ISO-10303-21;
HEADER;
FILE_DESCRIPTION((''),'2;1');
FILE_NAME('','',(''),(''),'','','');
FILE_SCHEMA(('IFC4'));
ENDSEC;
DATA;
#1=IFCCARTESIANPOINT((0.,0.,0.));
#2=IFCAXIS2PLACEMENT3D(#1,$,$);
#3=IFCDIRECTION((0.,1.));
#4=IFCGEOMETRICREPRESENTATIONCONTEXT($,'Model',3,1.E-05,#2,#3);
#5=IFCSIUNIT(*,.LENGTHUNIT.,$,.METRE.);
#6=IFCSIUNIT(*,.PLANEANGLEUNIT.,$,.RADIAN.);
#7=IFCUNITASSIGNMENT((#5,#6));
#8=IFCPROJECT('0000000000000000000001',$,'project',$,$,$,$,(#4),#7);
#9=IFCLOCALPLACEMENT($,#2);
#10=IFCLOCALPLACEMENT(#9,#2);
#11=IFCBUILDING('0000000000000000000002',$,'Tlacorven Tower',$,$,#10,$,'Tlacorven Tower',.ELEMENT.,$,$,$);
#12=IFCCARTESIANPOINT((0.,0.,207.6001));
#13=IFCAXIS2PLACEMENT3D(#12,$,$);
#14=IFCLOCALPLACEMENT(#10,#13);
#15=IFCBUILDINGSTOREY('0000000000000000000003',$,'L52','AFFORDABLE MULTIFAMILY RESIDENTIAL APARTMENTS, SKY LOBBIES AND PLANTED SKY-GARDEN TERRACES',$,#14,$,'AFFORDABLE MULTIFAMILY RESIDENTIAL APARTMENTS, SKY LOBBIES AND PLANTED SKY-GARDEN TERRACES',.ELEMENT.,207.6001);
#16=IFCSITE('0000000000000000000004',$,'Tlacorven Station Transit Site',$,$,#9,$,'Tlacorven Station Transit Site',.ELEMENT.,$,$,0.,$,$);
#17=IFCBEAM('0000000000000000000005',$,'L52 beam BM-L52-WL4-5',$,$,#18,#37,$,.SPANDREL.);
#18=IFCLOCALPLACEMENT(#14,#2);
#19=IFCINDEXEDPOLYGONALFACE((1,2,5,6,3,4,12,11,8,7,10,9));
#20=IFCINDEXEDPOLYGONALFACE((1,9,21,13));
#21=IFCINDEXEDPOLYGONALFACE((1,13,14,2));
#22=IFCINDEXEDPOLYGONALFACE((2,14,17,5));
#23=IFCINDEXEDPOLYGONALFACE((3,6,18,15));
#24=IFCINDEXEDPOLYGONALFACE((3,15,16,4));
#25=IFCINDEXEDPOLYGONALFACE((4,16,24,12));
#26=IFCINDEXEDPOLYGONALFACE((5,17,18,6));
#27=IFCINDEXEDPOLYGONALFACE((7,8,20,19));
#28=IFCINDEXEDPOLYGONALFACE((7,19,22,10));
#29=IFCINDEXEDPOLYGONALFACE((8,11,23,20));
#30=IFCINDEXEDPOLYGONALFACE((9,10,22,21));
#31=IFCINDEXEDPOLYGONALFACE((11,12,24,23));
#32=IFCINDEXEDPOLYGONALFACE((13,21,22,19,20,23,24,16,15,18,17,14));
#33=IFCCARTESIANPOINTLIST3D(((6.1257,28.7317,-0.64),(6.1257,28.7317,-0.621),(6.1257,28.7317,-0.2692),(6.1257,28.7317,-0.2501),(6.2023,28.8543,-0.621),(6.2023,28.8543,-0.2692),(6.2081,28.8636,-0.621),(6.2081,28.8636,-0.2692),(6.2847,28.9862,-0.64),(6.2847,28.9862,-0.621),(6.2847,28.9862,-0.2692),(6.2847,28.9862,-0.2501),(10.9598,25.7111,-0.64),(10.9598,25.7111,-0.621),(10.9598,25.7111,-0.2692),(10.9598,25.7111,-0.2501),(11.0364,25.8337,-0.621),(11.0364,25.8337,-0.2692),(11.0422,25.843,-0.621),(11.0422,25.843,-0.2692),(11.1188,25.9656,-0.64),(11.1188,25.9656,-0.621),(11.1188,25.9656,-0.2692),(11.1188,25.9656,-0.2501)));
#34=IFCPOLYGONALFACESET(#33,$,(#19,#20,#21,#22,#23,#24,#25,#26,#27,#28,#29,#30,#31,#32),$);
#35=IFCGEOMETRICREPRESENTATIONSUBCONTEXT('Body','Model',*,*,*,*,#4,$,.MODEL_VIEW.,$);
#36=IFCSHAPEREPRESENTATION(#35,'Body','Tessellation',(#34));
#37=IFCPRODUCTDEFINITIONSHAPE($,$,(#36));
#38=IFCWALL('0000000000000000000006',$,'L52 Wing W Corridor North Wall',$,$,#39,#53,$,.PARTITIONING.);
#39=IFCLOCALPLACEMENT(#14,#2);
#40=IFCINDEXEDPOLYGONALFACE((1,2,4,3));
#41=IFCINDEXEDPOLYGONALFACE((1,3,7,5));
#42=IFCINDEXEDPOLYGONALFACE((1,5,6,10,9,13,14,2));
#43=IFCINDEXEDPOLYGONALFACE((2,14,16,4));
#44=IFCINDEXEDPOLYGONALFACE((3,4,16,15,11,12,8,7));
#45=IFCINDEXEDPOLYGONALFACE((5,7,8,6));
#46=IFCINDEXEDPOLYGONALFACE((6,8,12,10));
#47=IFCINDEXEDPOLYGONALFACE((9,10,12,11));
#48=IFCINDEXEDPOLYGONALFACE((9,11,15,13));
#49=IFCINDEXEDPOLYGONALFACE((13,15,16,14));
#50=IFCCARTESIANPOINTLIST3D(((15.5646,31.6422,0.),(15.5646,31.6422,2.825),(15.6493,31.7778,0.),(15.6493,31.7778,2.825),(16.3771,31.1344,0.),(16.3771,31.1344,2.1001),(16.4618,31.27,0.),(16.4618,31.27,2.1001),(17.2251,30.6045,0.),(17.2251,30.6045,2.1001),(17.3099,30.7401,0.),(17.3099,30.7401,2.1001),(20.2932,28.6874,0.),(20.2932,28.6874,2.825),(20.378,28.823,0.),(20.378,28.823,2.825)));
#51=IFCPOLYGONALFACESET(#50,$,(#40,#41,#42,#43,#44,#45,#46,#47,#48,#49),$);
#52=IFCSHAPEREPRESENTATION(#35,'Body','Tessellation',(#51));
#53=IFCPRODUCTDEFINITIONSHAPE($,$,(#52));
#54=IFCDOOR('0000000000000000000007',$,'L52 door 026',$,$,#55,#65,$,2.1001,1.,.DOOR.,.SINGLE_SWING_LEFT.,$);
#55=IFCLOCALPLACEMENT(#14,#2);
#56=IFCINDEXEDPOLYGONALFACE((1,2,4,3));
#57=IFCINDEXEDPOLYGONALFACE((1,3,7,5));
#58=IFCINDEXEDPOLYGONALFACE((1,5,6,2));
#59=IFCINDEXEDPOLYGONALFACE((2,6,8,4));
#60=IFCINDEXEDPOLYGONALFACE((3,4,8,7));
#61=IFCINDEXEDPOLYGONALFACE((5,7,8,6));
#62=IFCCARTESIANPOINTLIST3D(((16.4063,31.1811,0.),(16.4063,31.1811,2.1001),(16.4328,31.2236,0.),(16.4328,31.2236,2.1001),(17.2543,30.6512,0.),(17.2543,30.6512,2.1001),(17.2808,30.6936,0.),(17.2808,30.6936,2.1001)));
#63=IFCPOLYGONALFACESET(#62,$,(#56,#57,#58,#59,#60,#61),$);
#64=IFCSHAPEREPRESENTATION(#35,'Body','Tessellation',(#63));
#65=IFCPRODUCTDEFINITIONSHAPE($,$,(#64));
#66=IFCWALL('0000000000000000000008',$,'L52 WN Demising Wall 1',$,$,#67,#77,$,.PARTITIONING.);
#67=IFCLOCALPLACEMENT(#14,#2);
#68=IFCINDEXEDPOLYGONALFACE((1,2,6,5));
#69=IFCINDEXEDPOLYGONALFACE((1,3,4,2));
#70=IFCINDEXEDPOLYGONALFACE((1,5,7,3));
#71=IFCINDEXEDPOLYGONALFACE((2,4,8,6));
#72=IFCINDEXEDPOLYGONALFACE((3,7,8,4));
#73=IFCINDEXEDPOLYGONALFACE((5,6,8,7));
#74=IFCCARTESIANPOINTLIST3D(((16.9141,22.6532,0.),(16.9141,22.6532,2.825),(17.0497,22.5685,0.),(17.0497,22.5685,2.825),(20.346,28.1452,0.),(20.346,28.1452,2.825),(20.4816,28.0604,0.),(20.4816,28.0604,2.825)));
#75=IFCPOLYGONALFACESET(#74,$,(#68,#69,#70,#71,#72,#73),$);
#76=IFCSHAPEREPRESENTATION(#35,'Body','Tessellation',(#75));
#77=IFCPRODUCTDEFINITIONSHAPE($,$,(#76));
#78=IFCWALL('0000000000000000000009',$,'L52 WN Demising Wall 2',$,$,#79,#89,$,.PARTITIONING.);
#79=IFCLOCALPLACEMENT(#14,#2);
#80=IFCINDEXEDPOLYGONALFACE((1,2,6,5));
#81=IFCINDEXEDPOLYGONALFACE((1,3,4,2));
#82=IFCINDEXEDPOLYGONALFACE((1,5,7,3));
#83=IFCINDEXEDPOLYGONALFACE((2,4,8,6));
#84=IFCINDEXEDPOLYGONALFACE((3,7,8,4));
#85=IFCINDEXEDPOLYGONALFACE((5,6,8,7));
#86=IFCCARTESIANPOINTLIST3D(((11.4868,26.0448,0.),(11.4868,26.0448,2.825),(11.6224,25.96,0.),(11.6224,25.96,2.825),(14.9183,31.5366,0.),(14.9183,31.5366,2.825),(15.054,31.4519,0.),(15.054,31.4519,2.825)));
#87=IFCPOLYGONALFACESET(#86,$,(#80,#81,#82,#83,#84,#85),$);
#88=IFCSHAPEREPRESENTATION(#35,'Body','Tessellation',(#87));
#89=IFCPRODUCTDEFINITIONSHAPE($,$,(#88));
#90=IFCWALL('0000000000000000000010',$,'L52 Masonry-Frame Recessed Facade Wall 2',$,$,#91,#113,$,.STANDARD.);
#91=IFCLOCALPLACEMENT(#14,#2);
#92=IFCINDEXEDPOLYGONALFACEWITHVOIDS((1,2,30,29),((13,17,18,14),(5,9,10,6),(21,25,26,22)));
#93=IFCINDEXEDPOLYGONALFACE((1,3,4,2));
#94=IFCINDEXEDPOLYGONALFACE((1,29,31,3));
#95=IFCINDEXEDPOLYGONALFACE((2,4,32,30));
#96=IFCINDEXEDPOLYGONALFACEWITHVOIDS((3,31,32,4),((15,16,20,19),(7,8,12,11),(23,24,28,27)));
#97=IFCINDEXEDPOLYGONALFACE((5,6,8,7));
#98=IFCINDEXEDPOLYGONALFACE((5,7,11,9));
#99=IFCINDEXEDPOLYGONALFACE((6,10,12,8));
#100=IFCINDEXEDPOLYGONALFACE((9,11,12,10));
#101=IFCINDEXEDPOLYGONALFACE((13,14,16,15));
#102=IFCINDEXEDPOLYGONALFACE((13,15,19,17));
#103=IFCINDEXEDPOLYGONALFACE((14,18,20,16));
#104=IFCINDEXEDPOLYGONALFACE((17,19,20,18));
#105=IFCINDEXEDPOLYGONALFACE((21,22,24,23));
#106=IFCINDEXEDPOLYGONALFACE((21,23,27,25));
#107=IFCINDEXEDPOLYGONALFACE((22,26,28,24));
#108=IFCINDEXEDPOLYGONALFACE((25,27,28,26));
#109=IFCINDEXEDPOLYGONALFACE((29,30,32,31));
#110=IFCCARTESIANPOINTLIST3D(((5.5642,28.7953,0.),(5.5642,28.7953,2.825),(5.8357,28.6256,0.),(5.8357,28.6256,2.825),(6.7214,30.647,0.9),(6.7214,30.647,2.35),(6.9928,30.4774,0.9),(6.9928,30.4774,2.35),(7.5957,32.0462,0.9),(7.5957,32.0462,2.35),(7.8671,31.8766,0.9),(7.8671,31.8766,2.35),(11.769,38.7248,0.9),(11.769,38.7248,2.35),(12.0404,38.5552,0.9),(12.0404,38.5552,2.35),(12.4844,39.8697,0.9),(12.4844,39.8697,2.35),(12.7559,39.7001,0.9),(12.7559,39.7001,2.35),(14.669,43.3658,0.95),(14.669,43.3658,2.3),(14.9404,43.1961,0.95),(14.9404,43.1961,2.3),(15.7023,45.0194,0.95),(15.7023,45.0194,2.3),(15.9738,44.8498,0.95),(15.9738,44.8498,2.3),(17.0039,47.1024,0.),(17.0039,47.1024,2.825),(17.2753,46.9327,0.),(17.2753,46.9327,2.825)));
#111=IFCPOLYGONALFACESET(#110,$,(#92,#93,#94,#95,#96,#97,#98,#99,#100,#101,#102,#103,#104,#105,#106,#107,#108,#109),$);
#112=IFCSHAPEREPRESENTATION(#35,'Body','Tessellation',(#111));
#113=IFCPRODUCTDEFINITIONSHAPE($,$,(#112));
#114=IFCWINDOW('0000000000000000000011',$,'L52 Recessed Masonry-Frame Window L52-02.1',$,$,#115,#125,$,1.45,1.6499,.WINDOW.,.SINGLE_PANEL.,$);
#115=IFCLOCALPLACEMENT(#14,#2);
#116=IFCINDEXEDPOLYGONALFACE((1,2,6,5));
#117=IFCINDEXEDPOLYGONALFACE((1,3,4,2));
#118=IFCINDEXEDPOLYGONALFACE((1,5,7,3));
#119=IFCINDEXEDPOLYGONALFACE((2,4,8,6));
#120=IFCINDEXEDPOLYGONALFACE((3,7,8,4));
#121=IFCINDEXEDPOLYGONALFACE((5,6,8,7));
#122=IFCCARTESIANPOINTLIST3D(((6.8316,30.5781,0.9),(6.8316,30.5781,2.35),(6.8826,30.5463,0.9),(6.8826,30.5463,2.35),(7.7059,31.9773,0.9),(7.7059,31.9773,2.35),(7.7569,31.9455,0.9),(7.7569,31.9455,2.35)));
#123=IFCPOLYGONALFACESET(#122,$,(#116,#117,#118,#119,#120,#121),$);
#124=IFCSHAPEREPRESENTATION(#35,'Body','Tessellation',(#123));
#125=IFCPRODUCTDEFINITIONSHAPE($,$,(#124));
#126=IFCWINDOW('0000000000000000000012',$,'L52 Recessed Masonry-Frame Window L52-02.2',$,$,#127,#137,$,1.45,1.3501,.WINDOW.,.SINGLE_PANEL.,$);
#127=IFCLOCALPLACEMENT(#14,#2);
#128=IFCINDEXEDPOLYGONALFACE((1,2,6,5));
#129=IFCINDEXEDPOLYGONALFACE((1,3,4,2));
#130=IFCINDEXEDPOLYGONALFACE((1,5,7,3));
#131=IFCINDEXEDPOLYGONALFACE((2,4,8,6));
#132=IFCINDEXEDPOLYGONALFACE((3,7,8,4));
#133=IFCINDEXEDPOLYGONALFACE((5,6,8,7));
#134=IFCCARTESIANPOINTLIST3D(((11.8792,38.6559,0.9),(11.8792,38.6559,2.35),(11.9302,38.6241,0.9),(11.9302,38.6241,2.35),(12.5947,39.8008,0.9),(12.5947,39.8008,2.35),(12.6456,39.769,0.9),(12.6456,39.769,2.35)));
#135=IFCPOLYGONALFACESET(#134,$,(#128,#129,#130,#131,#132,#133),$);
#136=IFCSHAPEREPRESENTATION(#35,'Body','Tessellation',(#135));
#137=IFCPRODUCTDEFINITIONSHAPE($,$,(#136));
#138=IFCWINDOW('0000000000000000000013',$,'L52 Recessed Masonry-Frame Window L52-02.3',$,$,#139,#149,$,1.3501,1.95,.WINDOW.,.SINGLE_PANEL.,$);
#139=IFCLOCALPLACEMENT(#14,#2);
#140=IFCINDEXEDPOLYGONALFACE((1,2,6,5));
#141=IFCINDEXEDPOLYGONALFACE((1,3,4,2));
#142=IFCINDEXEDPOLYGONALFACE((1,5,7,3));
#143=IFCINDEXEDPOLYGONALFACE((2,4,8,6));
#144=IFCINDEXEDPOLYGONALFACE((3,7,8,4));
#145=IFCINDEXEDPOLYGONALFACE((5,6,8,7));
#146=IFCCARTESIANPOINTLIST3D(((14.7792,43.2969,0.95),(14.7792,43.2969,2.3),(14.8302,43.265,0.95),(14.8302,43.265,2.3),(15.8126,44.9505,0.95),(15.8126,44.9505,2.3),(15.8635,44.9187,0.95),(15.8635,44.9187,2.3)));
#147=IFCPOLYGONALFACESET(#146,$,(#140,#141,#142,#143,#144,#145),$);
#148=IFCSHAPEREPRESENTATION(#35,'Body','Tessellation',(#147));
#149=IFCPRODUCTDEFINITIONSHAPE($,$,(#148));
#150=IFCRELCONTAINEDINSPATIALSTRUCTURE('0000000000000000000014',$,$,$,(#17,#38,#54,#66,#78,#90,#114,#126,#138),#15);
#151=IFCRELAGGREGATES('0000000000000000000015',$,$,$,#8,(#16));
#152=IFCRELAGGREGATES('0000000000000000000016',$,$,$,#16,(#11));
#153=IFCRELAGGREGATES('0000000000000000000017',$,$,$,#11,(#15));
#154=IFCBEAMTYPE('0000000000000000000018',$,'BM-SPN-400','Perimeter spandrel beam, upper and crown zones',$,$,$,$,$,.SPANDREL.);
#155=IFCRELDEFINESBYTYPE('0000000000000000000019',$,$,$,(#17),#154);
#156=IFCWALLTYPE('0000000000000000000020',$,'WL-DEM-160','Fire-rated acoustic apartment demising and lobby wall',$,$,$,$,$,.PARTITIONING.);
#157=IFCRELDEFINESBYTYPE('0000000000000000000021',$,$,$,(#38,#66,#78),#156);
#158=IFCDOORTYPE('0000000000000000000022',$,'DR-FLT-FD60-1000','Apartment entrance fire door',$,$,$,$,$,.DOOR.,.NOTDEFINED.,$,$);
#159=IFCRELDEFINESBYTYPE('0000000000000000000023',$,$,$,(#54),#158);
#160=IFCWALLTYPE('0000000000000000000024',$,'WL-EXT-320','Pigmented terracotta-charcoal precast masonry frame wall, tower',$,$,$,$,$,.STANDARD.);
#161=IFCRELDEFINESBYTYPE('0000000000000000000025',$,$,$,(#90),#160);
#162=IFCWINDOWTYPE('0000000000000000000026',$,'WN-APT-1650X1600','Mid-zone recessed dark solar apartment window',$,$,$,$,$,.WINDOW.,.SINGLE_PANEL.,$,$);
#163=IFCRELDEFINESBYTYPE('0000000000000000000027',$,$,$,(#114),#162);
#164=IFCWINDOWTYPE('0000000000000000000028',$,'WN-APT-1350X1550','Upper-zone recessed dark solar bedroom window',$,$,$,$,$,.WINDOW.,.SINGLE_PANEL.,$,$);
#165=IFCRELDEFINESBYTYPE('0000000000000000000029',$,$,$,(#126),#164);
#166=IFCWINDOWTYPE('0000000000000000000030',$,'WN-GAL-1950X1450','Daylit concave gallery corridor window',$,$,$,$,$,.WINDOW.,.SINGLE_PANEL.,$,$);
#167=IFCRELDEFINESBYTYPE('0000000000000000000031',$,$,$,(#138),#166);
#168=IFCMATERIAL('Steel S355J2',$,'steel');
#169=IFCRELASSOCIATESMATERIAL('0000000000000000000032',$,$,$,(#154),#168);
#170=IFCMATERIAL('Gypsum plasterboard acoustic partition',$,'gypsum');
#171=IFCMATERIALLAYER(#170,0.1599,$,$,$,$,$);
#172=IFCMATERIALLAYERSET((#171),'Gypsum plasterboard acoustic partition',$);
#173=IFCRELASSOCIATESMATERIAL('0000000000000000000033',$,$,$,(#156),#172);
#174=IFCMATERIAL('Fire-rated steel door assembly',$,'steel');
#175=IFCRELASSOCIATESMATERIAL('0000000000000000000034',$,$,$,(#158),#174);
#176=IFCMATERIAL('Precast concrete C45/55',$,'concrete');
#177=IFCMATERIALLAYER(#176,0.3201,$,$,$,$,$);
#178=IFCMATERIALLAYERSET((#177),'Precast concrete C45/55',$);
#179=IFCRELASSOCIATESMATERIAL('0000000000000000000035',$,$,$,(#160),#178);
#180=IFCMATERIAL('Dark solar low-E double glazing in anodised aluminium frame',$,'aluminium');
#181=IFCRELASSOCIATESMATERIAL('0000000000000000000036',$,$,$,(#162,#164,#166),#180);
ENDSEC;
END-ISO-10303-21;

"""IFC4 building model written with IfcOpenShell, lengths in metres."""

from ifc_helpers import new_model, si_unit, direction, frame, frame_2d, origin, origin_2d, place, context, subcontext, project, spatial, rectangle, i_section, extrude, source, transform, mapped, material, layer, layer_set, material_profile, profile_set, type_object, element, fill, save


model = new_model("IFC4")

# Units and contexts
model_context = context("Model", 3, precision=1e-05, world=origin(), true_north=direction((0.0, 1.0)))
body_context = subcontext(model_context, "Body", "Model", "MODEL_VIEW")
ifc_project = project(units=[si_unit("LENGTHUNIT", "METRE"), si_unit("PLANEANGLEUNIT", "RADIAN")], contexts=[model_context])

# Site, building, storey
site_placement = place(None, origin())
site = spatial("IfcSite", under=ifc_project, at=site_placement, Name="Tlacorven Station Transit Site", LongName="Tlacorven Station Transit Site", CompositionType="ELEMENT", RefElevation=0.0)
building_placement = place(site_placement, origin())
building = spatial("IfcBuilding", under=site, at=building_placement, Name="Tlacorven Tower", LongName="Tlacorven Tower", CompositionType="ELEMENT")
storey_placement = place(building_placement, frame((0.0, 0.0, 207.6001)))
storey = spatial("IfcBuildingStorey", under=building, at=storey_placement, Name="L52", Description="AFFORDABLE MULTIFAMILY RESIDENTIAL APARTMENTS, SKY LOBBIES AND PLANTED SKY-GARDEN TERRACES", LongName="AFFORDABLE MULTIFAMILY RESIDENTIAL APARTMENTS, SKY LOBBIES AND PLANTED SKY-GARDEN TERRACES", CompositionType="ELEMENT", Elevation=207.6001)

# Beam
ifc_material_1 = material(Name="Steel S355J2", Category="steel")
ifc_material_profile_1 = material_profile(ifc_material_1, i_section(OverallWidth=0.3, OverallDepth=0.3899, WebThickness=0.011, FlangeThickness=0.019, at=origin_2d()), Name="HEA 400")
ifc_profile_set_1 = profile_set([ifc_material_profile_1], Name="Steel S355J2")
beam_type_1 = type_object("IfcBeamType", Name="BM-SPN-400", Description="Perimeter spandrel beam, upper and crown zones", PredefinedType="SPANDREL", material=ifc_profile_set_1)
shared_shape_1 = source(origin(), body_context, "Body", "SweptSolid", [
    extrude(i_section(OverallWidth=0.3, OverallDepth=0.3899, WebThickness=0.011, FlangeThickness=0.019, at=origin_2d()), origin(), (0.0, 0.0, 1.0), 5.7002),
])
beam_placement = place(storey_placement, frame((11.0393, 25.8384, -0.4451), z_axis=(-0.848056, 0.529907, 0.0), x_axis=(-0.529907, -0.848056, 0.0)))
element("IfcBeam", 1, at=beam_placement, inside=storey, type_object=beam_type_1, Name="L52 beam BM-L52-WL4-5", PredefinedType="SPANDREL", context=body_context, shape_type="MappedRepresentation", body=[
    mapped(shared_shape_1, transform((0.0, 0.0, 0.0), scale=1.0)),
])

# Wall, opening, door
ifc_material_2 = material(Name="Gypsum plasterboard acoustic partition", Category="gypsum")
ifc_layer_1 = layer(ifc_material_2, 0.1599)
ifc_layer_set_1 = layer_set([ifc_layer_1], Name="Gypsum plasterboard acoustic partition")
wall_type_1 = type_object("IfcWallType", Name="WL-DEM-160", Description="Fire-rated acoustic apartment demising and lobby wall", PredefinedType="PARTITIONING", material=ifc_layer_set_1)
wall_1_placement = place(storey_placement, frame((20.3357, 28.7551, 0.0), z_axis=(0.0, 0.0, 1.0), x_axis=(-0.84805, 0.529916, 0.0)))
wall_1 = element("IfcWall", 2, at=wall_1_placement, inside=storey, type_object=wall_type_1, Name="L52 Wing W Corridor North Wall", PredefinedType="PARTITIONING", context=body_context, shape_type="SweptSolid", body=[
    extrude(rectangle(XDim=5.5759, YDim=0.1599, at=frame_2d((2.7881, 0.0))), origin(), (0.0, 0.0, 1.0), 2.825),
])
opening_1_placement = place(wall_1_placement, frame((3.6179, 0.0, 0.0)))
opening_1 = element("IfcOpeningElement", 3, at=opening_1_placement, cuts=wall_1, PredefinedType="OPENING", context=body_context, shape_type="SweptSolid", body=[
    extrude(rectangle(XDim=1.0, YDim=2.1001, at=frame_2d((0.5, 1.05))), frame((0.0, 0.0898, 0.0), z_axis=(0.0, -1.0, 0.0), x_axis=(1.0, 0.0, 0.0)), (0.0, 0.0, 1.0), 0.1799),
])
ifc_material_3 = material(Name="Fire-rated steel door assembly", Category="steel")
door_type_1 = type_object("IfcDoorType", Name="DR-FLT-FD60-1000", Description="Apartment entrance fire door", OperationType="NOTDEFINED", PredefinedType="DOOR", material=ifc_material_3)
shared_shape_2 = source(origin(), body_context, "Body", "SweptSolid", [
    extrude(rectangle(XDim=1.0, YDim=2.1001, at=frame_2d((0.5, 1.05))), frame((0.0, 0.0249, 0.0), z_axis=(0.0, -1.0, 0.0), x_axis=(1.0, 0.0, 0.0)), (0.0, 0.0, 1.0), 0.05),
])
door_1_placement = place(opening_1_placement, origin())
door_1 = element("IfcDoor", 4, at=door_1_placement, inside=storey, type_object=door_type_1, Name="L52 door 026", OperationType="SINGLE_SWING_LEFT", OverallHeight=2.1001, OverallWidth=1.0, PredefinedType="DOOR", context=body_context, shape_type="MappedRepresentation", body=[
    mapped(shared_shape_2, transform((0.0, 0.0, 0.0), scale=1.0)),
])
fill(opening_1, door_1)

# Walls
wall_2_placement = place(storey_placement, frame((20.4138, 28.1028, 0.0), z_axis=(0.0, 0.0, 1.0), x_axis=(-0.529935, -0.848039, 0.0)))
element("IfcWall", 5, at=wall_2_placement, inside=storey, type_object=wall_type_1, Name="L52 WN Demising Wall 1", PredefinedType="PARTITIONING", context=body_context, shape_type="SweptSolid", body=[
    extrude(rectangle(XDim=6.4761, YDim=0.1599, at=frame_2d((3.238, 0.0))), origin(), (0.0, 0.0, 1.0), 2.825),
])
wall_3_placement = place(storey_placement, frame((14.9861, 31.4941, 0.0), z_axis=(0.0, 0.0, 1.0), x_axis=(-0.529907, -0.848055, 0.0)))
element("IfcWall", 6, at=wall_3_placement, inside=storey, type_object=wall_type_1, Name="L52 WN Demising Wall 2", PredefinedType="PARTITIONING", context=body_context, shape_type="SweptSolid", body=[
    extrude(rectangle(XDim=6.4758, YDim=0.1599, at=frame_2d((3.2378, 0.0))), origin(), (0.0, 0.0, 1.0), 2.825),
])

# Wall, openings, windows
ifc_material_4 = material(Name="Precast concrete C45/55", Category="concrete")
ifc_layer_2 = layer(ifc_material_4, 0.3201)
ifc_layer_set_2 = layer_set([ifc_layer_2], Name="Precast concrete C45/55")
wall_type_2 = type_object("IfcWallType", Name="WL-EXT-320", Description="Pigmented terracotta-charcoal precast masonry frame wall, tower", PredefinedType="STANDARD", material=ifc_layer_set_2)
wall_4_placement = place(storey_placement, frame((5.7, 28.7104, 0.0), z_axis=(0.0, 0.0, 1.0), x_axis=(0.529924, 0.848045, 0.0)))
wall_4 = element("IfcWall", 7, at=wall_4_placement, inside=storey, type_object=wall_type_2, Name="L52 Masonry-Frame Recessed Facade Wall 2", PredefinedType="STANDARD", context=body_context, shape_type="SweptSolid", body=[
    extrude(rectangle(XDim=21.5874, YDim=0.3201, at=frame_2d((10.7937, 0.0))), origin(), (0.0, 0.0, 1.0), 2.825),
])
opening_2_placement = place(wall_4_placement, frame((2.1836, 0.0, 0.8999)))
opening_2 = element("IfcOpeningElement", 8, at=opening_2_placement, cuts=wall_4, PredefinedType="OPENING", context=body_context, shape_type="SweptSolid", body=[
    extrude(rectangle(XDim=1.6499, YDim=1.45, at=frame_2d((0.825, 0.7251))), frame((0.0, 0.1699, 0.0), z_axis=(0.0, -1.0, 0.0), x_axis=(1.0, 0.0, 0.0)), (0.0, 0.0, 1.0), 0.3401),
])
opening_3_placement = place(wall_4_placement, frame((11.7087, 0.0, 0.8999)))
opening_3 = element("IfcOpeningElement", 9, at=opening_3_placement, cuts=wall_4, PredefinedType="OPENING", context=body_context, shape_type="SweptSolid", body=[
    extrude(rectangle(XDim=1.3501, YDim=1.45, at=frame_2d((0.675, 0.7251))), frame((0.0, 0.1699, 0.0), z_axis=(0.0, -1.0, 0.0), x_axis=(1.0, 0.0, 0.0)), (0.0, 0.0, 1.0), 0.3401),
])
opening_4_placement = place(wall_4_placement, frame((17.1812, 0.0, 0.95)))
opening_4 = element("IfcOpeningElement", 10, at=opening_4_placement, cuts=wall_4, PredefinedType="OPENING", context=body_context, shape_type="SweptSolid", body=[
    extrude(rectangle(XDim=1.95, YDim=1.3501, at=frame_2d((0.9751, 0.675))), frame((0.0, 0.1699, 0.0), z_axis=(0.0, -1.0, 0.0), x_axis=(1.0, 0.0, 0.0)), (0.0, 0.0, 1.0), 0.3401),
])
ifc_material_5 = material(Name="Dark solar low-E double glazing in anodised aluminium frame", Category="aluminium")
window_type_1 = type_object("IfcWindowType", Name="WN-APT-1650X1600", Description="Mid-zone recessed dark solar apartment window", PartitioningType="SINGLE_PANEL", PredefinedType="WINDOW", material=ifc_material_5)
shared_shape_3 = source(origin(), body_context, "Body", "SweptSolid", [
    extrude(rectangle(XDim=1.6499, YDim=1.45, at=frame_2d((0.825, 0.7251))), frame((0.0, 0.03, 0.0), z_axis=(0.0, -1.0, 0.0), x_axis=(1.0, 0.0, 0.0)), (0.0, 0.0, 1.0), 0.0601),
])
window_1_placement = place(opening_2_placement, origin())
window_1 = element("IfcWindow", 11, at=window_1_placement, inside=storey, type_object=window_type_1, Name="L52 Recessed Masonry-Frame Window L52-02.1", OverallHeight=1.45, OverallWidth=1.6499, PartitioningType="SINGLE_PANEL", PredefinedType="WINDOW", context=body_context, shape_type="MappedRepresentation", body=[
    mapped(shared_shape_3, transform((0.0, 0.0, 0.0), scale=1.0)),
])
fill(opening_2, window_1)
window_type_2 = type_object("IfcWindowType", Name="WN-APT-1350X1550", Description="Upper-zone recessed dark solar bedroom window", PartitioningType="SINGLE_PANEL", PredefinedType="WINDOW", material=ifc_material_5)
shared_shape_4 = source(origin(), body_context, "Body", "SweptSolid", [
    extrude(rectangle(XDim=1.3501, YDim=1.45, at=frame_2d((0.675, 0.7251))), frame((0.0, 0.03, 0.0), z_axis=(0.0, -1.0, 0.0), x_axis=(1.0, 0.0, 0.0)), (0.0, 0.0, 1.0), 0.0601),
])
window_2_placement = place(opening_3_placement, origin())
window_2 = element("IfcWindow", 12, at=window_2_placement, inside=storey, type_object=window_type_2, Name="L52 Recessed Masonry-Frame Window L52-02.2", OverallHeight=1.45, OverallWidth=1.3501, PartitioningType="SINGLE_PANEL", PredefinedType="WINDOW", context=body_context, shape_type="MappedRepresentation", body=[
    mapped(shared_shape_4, transform((0.0, 0.0, 0.0), scale=1.0)),
])
fill(opening_3, window_2)
window_type_3 = type_object("IfcWindowType", Name="WN-GAL-1950X1450", Description="Daylit concave gallery corridor window", PartitioningType="SINGLE_PANEL", PredefinedType="WINDOW", material=ifc_material_5)
shared_shape_5 = source(origin(), body_context, "Body", "SweptSolid", [
    extrude(rectangle(XDim=1.95, YDim=1.3501, at=frame_2d((0.9751, 0.675))), frame((0.0, 0.03, 0.0), z_axis=(0.0, -1.0, 0.0), x_axis=(1.0, 0.0, 0.0)), (0.0, 0.0, 1.0), 0.0601),
])
window_3_placement = place(opening_4_placement, origin())
window_3 = element("IfcWindow", 13, at=window_3_placement, inside=storey, type_object=window_type_3, Name="L52 Recessed Masonry-Frame Window L52-02.3", OverallHeight=1.3501, OverallWidth=1.95, PartitioningType="SINGLE_PANEL", PredefinedType="WINDOW", context=body_context, shape_type="MappedRepresentation", body=[
    mapped(shared_shape_5, transform((0.0, 0.0, 0.0), scale=1.0)),
])
fill(opening_4, window_3)

save(model, "model.ifc")
